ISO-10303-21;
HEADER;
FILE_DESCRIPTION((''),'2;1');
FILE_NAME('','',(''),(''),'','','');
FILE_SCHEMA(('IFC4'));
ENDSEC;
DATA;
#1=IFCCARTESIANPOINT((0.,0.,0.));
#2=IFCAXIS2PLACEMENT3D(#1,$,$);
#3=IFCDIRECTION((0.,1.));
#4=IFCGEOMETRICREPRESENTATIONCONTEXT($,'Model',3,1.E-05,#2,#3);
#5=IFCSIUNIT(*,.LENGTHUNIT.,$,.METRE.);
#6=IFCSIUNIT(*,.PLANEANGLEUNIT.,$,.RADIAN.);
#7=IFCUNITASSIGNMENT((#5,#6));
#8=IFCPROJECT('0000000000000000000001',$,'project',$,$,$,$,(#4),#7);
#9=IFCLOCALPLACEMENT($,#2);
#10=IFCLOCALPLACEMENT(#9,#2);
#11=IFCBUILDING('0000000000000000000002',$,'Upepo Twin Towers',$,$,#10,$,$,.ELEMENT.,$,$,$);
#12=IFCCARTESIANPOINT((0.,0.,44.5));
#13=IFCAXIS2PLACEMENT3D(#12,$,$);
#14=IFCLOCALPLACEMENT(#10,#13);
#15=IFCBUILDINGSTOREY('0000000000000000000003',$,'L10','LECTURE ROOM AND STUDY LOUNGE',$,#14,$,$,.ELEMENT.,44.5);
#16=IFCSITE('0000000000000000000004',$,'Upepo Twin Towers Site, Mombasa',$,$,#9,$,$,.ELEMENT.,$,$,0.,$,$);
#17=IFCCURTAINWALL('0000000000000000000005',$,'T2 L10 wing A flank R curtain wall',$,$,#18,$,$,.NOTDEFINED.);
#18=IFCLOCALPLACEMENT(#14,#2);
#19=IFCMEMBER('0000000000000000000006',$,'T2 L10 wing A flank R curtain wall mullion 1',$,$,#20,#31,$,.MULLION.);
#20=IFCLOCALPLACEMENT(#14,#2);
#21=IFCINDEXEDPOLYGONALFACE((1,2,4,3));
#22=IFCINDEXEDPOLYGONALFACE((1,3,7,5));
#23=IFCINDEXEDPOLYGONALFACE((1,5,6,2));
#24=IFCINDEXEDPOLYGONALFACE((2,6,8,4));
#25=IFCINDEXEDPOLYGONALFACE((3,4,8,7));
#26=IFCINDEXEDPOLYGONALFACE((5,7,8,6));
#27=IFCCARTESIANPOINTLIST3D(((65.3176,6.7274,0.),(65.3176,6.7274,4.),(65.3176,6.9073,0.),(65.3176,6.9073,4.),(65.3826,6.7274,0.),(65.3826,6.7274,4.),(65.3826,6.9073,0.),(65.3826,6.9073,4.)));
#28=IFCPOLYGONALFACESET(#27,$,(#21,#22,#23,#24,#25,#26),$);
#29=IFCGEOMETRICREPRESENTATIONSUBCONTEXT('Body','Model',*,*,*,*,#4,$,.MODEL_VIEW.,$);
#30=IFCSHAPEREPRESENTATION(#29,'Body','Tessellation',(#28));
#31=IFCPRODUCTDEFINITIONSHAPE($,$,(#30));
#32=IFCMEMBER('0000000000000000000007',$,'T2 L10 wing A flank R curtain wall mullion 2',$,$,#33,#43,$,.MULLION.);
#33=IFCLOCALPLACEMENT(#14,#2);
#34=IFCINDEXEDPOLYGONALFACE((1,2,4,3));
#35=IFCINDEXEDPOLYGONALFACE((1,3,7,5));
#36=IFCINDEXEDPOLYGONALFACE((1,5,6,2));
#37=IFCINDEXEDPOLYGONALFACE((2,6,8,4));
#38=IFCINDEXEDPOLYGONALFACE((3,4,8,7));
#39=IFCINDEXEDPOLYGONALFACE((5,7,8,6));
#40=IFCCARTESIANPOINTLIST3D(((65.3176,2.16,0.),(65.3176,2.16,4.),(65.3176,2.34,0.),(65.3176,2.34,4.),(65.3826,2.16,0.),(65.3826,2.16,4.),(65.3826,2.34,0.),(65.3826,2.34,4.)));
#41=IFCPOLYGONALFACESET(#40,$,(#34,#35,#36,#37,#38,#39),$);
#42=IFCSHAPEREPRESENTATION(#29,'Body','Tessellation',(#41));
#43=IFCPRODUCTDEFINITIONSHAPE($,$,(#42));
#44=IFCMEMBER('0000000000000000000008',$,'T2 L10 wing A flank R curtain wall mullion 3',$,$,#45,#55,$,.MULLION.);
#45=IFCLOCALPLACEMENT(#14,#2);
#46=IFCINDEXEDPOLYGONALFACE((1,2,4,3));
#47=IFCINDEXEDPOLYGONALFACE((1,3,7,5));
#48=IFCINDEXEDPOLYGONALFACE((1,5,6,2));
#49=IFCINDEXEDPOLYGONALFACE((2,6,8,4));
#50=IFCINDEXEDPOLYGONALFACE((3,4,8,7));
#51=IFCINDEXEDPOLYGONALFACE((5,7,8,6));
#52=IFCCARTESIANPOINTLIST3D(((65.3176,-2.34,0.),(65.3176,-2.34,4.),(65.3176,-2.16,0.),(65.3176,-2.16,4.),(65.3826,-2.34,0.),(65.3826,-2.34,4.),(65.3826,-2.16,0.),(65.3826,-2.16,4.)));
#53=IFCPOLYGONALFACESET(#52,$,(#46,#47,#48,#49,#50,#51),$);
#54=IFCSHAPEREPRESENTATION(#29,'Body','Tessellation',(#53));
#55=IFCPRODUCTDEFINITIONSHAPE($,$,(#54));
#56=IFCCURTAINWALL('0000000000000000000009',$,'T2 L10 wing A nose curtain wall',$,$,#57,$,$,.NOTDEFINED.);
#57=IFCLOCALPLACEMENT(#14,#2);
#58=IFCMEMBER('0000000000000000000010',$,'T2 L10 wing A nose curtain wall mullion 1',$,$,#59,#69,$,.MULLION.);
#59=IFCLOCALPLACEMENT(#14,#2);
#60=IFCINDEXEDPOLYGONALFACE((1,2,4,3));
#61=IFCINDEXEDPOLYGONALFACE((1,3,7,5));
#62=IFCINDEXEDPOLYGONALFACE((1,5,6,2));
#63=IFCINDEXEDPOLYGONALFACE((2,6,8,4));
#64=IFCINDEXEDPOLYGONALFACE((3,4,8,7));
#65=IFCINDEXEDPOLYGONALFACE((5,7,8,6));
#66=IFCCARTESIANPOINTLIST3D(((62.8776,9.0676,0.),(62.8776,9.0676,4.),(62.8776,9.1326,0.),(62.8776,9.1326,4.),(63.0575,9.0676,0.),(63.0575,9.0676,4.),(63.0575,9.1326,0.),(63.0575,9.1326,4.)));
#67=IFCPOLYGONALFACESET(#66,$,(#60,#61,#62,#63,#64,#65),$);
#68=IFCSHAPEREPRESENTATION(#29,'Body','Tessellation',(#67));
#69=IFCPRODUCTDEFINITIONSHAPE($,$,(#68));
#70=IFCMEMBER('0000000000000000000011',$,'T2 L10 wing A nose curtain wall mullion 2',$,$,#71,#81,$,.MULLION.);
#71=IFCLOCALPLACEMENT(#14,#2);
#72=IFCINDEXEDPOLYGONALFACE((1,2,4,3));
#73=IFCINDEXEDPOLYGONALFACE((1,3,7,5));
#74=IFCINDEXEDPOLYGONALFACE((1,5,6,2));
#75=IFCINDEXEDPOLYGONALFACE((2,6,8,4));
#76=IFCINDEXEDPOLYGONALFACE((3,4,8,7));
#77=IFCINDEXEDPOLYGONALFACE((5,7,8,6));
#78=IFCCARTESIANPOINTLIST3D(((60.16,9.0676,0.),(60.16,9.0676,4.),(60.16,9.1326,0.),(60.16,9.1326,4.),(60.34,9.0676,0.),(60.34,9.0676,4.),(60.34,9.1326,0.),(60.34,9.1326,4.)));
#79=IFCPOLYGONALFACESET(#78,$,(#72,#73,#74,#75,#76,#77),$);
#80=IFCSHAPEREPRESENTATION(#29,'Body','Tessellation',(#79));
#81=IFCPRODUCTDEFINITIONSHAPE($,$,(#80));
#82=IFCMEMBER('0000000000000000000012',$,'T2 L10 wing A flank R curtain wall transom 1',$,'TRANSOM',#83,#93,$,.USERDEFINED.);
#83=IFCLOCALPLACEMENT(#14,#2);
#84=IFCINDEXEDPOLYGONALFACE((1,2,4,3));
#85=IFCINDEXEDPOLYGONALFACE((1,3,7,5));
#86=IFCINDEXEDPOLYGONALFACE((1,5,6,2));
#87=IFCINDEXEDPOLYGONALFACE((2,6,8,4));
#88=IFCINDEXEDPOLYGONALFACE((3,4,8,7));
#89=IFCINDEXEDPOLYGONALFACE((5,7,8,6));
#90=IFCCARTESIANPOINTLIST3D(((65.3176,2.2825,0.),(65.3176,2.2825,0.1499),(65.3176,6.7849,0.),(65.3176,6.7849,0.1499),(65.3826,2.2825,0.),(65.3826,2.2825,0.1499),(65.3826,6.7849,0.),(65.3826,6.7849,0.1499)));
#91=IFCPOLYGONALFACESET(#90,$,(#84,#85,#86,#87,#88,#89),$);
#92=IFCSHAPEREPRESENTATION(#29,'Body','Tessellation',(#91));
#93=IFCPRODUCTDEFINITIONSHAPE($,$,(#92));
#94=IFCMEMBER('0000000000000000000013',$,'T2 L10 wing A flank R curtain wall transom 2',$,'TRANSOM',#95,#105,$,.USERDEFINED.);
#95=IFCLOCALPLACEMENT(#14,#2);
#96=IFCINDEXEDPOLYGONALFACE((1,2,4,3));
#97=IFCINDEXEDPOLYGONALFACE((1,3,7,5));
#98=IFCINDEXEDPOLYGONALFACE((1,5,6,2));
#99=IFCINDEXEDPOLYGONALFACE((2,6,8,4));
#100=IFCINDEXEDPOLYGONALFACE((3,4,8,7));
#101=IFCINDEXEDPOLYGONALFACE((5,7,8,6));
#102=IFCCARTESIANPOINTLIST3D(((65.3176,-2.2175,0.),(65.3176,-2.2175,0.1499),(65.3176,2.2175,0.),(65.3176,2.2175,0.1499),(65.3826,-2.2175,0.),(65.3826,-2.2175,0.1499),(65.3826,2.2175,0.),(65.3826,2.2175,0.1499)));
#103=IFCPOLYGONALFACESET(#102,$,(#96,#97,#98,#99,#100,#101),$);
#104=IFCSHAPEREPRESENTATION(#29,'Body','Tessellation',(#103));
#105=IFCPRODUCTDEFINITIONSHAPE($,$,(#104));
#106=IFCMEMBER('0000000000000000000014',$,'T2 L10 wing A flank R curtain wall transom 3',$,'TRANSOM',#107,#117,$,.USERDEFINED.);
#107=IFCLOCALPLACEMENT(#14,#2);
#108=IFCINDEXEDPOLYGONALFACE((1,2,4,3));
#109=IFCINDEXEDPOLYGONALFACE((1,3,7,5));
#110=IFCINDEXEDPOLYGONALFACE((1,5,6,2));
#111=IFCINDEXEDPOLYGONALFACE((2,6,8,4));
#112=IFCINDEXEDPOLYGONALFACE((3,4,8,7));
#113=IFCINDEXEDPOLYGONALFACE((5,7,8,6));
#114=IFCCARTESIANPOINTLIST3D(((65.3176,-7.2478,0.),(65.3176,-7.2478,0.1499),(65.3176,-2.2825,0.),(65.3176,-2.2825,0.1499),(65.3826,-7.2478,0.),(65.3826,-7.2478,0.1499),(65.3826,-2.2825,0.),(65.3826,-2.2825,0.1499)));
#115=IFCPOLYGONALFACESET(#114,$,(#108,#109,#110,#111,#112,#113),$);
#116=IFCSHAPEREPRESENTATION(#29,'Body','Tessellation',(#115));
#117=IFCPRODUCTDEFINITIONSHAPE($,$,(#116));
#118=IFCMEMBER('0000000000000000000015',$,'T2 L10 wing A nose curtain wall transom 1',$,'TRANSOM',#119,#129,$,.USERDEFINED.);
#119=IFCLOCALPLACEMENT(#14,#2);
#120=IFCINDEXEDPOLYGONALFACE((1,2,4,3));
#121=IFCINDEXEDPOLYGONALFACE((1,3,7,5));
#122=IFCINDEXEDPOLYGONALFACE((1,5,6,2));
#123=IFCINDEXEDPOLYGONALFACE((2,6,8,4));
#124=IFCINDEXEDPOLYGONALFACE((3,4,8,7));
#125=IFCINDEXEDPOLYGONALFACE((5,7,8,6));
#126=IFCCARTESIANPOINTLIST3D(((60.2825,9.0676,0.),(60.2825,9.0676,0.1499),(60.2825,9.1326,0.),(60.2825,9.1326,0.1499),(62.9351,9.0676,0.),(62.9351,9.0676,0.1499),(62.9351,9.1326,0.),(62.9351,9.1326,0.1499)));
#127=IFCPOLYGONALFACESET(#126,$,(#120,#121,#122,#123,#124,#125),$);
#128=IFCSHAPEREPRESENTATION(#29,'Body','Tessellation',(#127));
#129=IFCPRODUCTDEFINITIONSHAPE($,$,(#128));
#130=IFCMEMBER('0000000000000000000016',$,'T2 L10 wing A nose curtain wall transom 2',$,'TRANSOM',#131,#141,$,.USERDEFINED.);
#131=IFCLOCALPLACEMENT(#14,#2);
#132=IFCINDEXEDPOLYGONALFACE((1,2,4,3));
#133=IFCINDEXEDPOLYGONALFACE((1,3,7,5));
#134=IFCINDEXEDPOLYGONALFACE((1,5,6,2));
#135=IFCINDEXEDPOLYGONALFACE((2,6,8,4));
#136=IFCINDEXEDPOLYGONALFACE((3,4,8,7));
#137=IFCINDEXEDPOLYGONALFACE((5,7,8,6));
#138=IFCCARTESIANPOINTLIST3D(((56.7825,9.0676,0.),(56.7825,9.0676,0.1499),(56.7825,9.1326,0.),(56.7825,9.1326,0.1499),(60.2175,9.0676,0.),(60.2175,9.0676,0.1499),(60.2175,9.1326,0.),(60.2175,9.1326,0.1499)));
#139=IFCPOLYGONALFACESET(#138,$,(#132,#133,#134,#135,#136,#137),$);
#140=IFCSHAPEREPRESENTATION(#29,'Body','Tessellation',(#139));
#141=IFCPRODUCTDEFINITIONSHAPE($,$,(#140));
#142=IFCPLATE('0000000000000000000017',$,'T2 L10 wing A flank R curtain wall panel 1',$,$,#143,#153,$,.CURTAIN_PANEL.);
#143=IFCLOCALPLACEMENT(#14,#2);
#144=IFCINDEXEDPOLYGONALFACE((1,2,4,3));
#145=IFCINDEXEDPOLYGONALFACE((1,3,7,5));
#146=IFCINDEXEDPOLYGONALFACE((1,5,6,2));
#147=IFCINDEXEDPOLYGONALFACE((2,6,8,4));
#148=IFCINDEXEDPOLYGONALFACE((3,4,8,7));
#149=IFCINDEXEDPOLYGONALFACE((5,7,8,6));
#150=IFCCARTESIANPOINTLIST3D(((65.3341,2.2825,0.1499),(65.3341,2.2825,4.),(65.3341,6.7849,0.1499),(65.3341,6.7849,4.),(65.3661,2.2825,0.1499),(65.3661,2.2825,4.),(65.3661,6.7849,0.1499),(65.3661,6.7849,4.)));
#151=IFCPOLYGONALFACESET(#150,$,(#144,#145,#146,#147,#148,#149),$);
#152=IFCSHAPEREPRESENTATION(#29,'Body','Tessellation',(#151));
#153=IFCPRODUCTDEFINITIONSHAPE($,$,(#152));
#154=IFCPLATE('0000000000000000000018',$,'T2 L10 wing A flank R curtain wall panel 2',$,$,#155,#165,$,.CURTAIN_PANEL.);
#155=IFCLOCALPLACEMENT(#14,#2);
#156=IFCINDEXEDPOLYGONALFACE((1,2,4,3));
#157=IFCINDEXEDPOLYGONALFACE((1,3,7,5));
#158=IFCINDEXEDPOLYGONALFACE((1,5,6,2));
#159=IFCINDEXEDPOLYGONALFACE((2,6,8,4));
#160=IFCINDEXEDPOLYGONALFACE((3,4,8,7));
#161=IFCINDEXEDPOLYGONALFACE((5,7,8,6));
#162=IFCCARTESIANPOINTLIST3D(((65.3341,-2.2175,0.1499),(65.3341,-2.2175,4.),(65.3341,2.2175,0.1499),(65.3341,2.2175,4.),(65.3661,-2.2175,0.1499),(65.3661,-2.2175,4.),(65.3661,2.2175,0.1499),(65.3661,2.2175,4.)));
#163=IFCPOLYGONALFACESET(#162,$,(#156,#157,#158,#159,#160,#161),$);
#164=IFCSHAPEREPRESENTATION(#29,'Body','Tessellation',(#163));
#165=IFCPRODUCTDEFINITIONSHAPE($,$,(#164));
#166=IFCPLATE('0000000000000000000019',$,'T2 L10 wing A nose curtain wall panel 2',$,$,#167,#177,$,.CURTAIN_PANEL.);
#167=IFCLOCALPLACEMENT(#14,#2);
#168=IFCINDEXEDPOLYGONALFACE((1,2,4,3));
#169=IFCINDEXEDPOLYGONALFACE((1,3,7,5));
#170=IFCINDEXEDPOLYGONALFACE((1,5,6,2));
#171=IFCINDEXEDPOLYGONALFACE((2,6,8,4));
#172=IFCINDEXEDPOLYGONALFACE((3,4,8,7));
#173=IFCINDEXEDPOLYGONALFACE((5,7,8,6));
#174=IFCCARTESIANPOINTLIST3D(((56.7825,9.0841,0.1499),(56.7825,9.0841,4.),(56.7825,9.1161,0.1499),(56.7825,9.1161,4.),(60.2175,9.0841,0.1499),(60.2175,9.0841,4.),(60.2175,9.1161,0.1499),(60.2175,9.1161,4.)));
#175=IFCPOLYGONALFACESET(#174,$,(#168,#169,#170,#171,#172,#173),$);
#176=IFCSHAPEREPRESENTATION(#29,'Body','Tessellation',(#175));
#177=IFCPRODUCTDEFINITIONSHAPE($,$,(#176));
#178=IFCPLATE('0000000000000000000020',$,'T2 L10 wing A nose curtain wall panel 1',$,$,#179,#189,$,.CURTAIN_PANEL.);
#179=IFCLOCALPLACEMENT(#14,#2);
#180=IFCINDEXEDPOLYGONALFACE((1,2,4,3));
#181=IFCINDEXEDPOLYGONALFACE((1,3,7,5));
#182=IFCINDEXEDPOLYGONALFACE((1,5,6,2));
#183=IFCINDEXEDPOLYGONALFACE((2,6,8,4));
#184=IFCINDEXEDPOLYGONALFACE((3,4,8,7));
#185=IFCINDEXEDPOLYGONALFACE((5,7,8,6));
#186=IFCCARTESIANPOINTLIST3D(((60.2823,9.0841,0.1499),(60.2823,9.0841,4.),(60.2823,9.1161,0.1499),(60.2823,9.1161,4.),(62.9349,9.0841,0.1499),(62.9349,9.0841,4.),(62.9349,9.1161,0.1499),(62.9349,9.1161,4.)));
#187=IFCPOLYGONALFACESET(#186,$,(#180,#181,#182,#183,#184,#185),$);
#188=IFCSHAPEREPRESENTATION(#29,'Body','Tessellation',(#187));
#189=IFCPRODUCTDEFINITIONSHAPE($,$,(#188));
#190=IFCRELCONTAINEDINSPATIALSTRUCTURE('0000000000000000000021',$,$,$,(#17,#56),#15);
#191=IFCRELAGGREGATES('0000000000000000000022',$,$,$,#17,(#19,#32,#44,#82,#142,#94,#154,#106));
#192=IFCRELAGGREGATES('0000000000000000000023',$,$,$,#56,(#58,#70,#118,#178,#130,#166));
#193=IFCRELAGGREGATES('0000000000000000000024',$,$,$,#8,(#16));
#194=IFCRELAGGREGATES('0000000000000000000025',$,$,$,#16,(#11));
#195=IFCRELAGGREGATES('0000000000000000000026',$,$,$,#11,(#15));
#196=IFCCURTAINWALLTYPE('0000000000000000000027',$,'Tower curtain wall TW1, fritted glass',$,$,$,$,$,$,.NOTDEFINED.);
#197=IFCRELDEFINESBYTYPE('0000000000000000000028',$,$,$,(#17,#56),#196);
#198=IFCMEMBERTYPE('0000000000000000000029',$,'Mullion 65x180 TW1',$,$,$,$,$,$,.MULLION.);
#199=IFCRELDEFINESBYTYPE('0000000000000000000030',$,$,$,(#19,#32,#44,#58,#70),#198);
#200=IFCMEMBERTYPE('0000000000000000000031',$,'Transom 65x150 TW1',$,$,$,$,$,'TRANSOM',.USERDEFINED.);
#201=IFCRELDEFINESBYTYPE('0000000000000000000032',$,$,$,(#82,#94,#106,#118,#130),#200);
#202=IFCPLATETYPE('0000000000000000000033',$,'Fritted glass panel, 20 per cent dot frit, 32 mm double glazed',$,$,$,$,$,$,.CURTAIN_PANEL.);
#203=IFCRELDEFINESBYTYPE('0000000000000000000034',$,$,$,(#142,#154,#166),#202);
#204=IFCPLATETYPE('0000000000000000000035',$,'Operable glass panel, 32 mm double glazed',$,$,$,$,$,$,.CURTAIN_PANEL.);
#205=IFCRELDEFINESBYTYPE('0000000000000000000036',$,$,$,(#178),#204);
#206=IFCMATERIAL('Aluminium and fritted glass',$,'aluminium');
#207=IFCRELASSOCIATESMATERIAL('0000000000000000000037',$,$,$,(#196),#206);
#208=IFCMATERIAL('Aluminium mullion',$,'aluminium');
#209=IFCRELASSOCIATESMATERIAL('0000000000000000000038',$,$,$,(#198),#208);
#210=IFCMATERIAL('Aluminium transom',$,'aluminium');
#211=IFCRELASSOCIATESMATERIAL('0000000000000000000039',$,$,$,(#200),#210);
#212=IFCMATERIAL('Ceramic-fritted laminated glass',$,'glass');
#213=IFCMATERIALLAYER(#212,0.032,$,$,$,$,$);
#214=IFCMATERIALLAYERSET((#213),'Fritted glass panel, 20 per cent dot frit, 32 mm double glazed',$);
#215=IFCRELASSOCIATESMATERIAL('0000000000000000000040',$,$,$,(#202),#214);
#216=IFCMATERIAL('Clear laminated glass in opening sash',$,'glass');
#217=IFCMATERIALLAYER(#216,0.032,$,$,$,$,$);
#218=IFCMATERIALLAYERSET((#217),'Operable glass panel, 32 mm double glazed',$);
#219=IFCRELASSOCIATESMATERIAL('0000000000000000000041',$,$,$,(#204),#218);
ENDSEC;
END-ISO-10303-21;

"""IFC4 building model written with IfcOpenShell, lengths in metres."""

from ifc_helpers import new_model, si_unit, direction, frame, origin, origin_2d, place, context, subcontext, project, spatial, rectangle, extrude, material, layer, layer_set, material_profile, profile_set, type_object, element, aggregate, save


model = new_model("IFC4")

# Units and contexts
model_context = context("Model", 3, precision=1e-05, world=origin(), true_north=direction((0.0, 1.0)))
body_context = subcontext(model_context, "Body", "Model", "MODEL_VIEW")
ifc_project = project(units=[si_unit("LENGTHUNIT", "METRE"), si_unit("PLANEANGLEUNIT", "RADIAN")], contexts=[model_context])

# Site, building, storey
site_placement = place(None, origin())
site = spatial("IfcSite", under=ifc_project, at=site_placement, Name="Upepo Twin Towers Site, Mombasa", CompositionType="ELEMENT", RefElevation=0.0)
building_placement = place(site_placement, origin())
building = spatial("IfcBuilding", under=site, at=building_placement, Name="Upepo Twin Towers", CompositionType="ELEMENT")
storey_placement = place(building_placement, frame((0.0, 0.0, 44.5)))
storey = spatial("IfcBuildingStorey", under=building, at=storey_placement, Name="L10", Description="LECTURE ROOM AND STUDY LOUNGE", CompositionType="ELEMENT", Elevation=44.5)

# Curtain walls, members
ifc_material_1 = material(Name="Aluminium and fritted glass", Category="aluminium")
curtain_wall_type = type_object("IfcCurtainWallType", Name="Tower curtain wall TW1, fritted glass", PredefinedType="NOTDEFINED", material=ifc_material_1)
curtain_wall_1_placement = place(storey_placement, origin())
curtain_wall_1 = element("IfcCurtainWall", 1, at=curtain_wall_1_placement, inside=storey, type_object=curtain_wall_type, Name="T2 L10 wing A flank R curtain wall", PredefinedType="NOTDEFINED")
ifc_material_2 = material(Name="Aluminium mullion", Category="aluminium")
ifc_material_profile_1 = material_profile(ifc_material_2, rectangle(XDim=0.0649, YDim=0.1799, at=origin_2d()), Name="MULLION 65x180")
ifc_profile_set_1 = profile_set([ifc_material_profile_1], Name="Aluminium mullion")
member_type_1 = type_object("IfcMemberType", Name="Mullion 65x180 TW1", PredefinedType="MULLION", material=ifc_profile_set_1)
member_1_placement = place(storey_placement, frame((65.3501, 6.8174, 0.0), z_axis=(0.0, 0.0, 1.0), x_axis=(1.0, 0.0, 0.0)))
member_1 = element("IfcMember", 2, at=member_1_placement, type_object=member_type_1, Name="T2 L10 wing A flank R curtain wall mullion 1", PredefinedType="MULLION", context=body_context, shape_type="SweptSolid", body=[
    extrude(rectangle(XDim=0.0649, YDim=0.1799, at=origin_2d()), origin(), (0.0, 0.0, 1.0), 4.0),
])
member_2_placement = place(storey_placement, frame((65.3501, 2.25, 0.0), z_axis=(0.0, 0.0, 1.0), x_axis=(1.0, 0.0, 0.0)))
member_2 = element("IfcMember", 3, at=member_2_placement, type_object=member_type_1, Name="T2 L10 wing A flank R curtain wall mullion 2", PredefinedType="MULLION", context=body_context, shape_type="SweptSolid", body=[
    extrude(rectangle(XDim=0.0649, YDim=0.1799, at=origin_2d()), origin(), (0.0, 0.0, 1.0), 4.0),
])
member_3_placement = place(storey_placement, frame((65.3501, -2.25, 0.0), z_axis=(0.0, 0.0, 1.0), x_axis=(1.0, 0.0, 0.0)))
member_3 = element("IfcMember", 4, at=member_3_placement, type_object=member_type_1, Name="T2 L10 wing A flank R curtain wall mullion 3", PredefinedType="MULLION", context=body_context, shape_type="SweptSolid", body=[
    extrude(rectangle(XDim=0.0649, YDim=0.1799, at=origin_2d()), origin(), (0.0, 0.0, 1.0), 4.0),
])
curtain_wall_2_placement = place(storey_placement, origin())
curtain_wall_2 = element("IfcCurtainWall", 5, at=curtain_wall_2_placement, inside=storey, type_object=curtain_wall_type, Name="T2 L10 wing A nose curtain wall", PredefinedType="NOTDEFINED")
member_4_placement = place(storey_placement, frame((62.9675, 9.1001, 0.0), z_axis=(0.0, 0.0, 1.0), x_axis=(0.0, -1.0, 0.0)))
member_4 = element("IfcMember", 6, at=member_4_placement, type_object=member_type_1, Name="T2 L10 wing A nose curtain wall mullion 1", PredefinedType="MULLION", context=body_context, shape_type="SweptSolid", body=[
    extrude(rectangle(XDim=0.0649, YDim=0.1799, at=origin_2d()), origin(), (0.0, 0.0, 1.0), 4.0),
])
member_5_placement = place(storey_placement, frame((60.25, 9.1001, 0.0), z_axis=(0.0, 0.0, 1.0), x_axis=(0.0, -1.0, 0.0)))
member_5 = element("IfcMember", 7, at=member_5_placement, type_object=member_type_1, Name="T2 L10 wing A nose curtain wall mullion 2", PredefinedType="MULLION", context=body_context, shape_type="SweptSolid", body=[
    extrude(rectangle(XDim=0.0649, YDim=0.1799, at=origin_2d()), origin(), (0.0, 0.0, 1.0), 4.0),
])

# Members
ifc_material_3 = material(Name="Aluminium transom", Category="aluminium")
ifc_material_profile_2 = material_profile(ifc_material_3, rectangle(XDim=0.0649, YDim=0.1499, at=origin_2d()), Name="TRANSOM 65x150")
ifc_profile_set_2 = profile_set([ifc_material_profile_2], Name="Aluminium transom")
member_type_2 = type_object("IfcMemberType", Name="Transom 65x150 TW1", ElementType="TRANSOM", PredefinedType="USERDEFINED", material=ifc_profile_set_2)
member_6_placement = place(storey_placement, frame((65.3501, 6.7849, 0.075), z_axis=(0.0, -1.0, 0.0), x_axis=(1.0, 0.0, 0.0)))
member_6 = element("IfcMember", 8, at=member_6_placement, type_object=member_type_2, Name="T2 L10 wing A flank R curtain wall transom 1", ObjectType="TRANSOM", PredefinedType="USERDEFINED", context=body_context, shape_type="SweptSolid", body=[
    extrude(rectangle(XDim=0.0649, YDim=0.1499, at=origin_2d()), origin(), (0.0, 0.0, 1.0), 4.5024),
])
member_7_placement = place(storey_placement, frame((65.3501, 2.2175, 0.075), z_axis=(0.0, -1.0, 0.0), x_axis=(1.0, 0.0, 0.0)))
member_7 = element("IfcMember", 9, at=member_7_placement, type_object=member_type_2, Name="T2 L10 wing A flank R curtain wall transom 2", ObjectType="TRANSOM", PredefinedType="USERDEFINED", context=body_context, shape_type="SweptSolid", body=[
    extrude(rectangle(XDim=0.0649, YDim=0.1499, at=origin_2d()), origin(), (0.0, 0.0, 1.0), 4.4351),
])
member_8_placement = place(storey_placement, frame((65.3501, -2.2825, 0.075), z_axis=(0.0, -1.0, 0.0), x_axis=(1.0, 0.0, 0.0)))
member_8 = element("IfcMember", 10, at=member_8_placement, type_object=member_type_2, Name="T2 L10 wing A flank R curtain wall transom 3", ObjectType="TRANSOM", PredefinedType="USERDEFINED", context=body_context, shape_type="SweptSolid", body=[
    extrude(rectangle(XDim=0.0649, YDim=0.1499, at=origin_2d()), origin(), (0.0, 0.0, 1.0), 4.9653),
])
member_9_placement = place(storey_placement, frame((62.9351, 9.1001, 0.075), z_axis=(-1.0, 0.0, 0.0), x_axis=(0.0, -1.0, 0.0)))
member_9 = element("IfcMember", 11, at=member_9_placement, type_object=member_type_2, Name="T2 L10 wing A nose curtain wall transom 1", ObjectType="TRANSOM", PredefinedType="USERDEFINED", context=body_context, shape_type="SweptSolid", body=[
    extrude(rectangle(XDim=0.0649, YDim=0.1499, at=origin_2d()), origin(), (0.0, 0.0, 1.0), 2.6526),
])
member_10_placement = place(storey_placement, frame((60.2175, 9.1001, 0.075), z_axis=(-1.0, 0.0, 0.0), x_axis=(0.0, -1.0, 0.0)))
member_10 = element("IfcMember", 12, at=member_10_placement, type_object=member_type_2, Name="T2 L10 wing A nose curtain wall transom 2", ObjectType="TRANSOM", PredefinedType="USERDEFINED", context=body_context, shape_type="SweptSolid", body=[
    extrude(rectangle(XDim=0.0649, YDim=0.1499, at=origin_2d()), origin(), (0.0, 0.0, 1.0), 3.4351),
])

# Plates
ifc_material_4 = material(Name="Ceramic-fritted laminated glass", Category="glass")
ifc_layer_1 = layer(ifc_material_4, 0.032)
ifc_layer_set_1 = layer_set([ifc_layer_1], Name="Fritted glass panel, 20 per cent dot frit, 32 mm double glazed")
plate_type_1 = type_object("IfcPlateType", Name="Fritted glass panel, 20 per cent dot frit, 32 mm double glazed", PredefinedType="CURTAIN_PANEL", material=ifc_layer_set_1)
plate_1_placement = place(storey_placement, frame((65.3501, 4.5337, 0.1499), z_axis=(0.0, 0.0, 1.0), x_axis=(0.0, -1.0, 0.0)))
plate_1 = element("IfcPlate", 13, at=plate_1_placement, type_object=plate_type_1, Name="T2 L10 wing A flank R curtain wall panel 1", PredefinedType="CURTAIN_PANEL", context=body_context, shape_type="SweptSolid", body=[
    extrude(rectangle(XDim=4.5024, YDim=0.032, at=origin_2d()), origin(), (0.0, 0.0, 1.0), 3.8501),
])
plate_2_placement = place(storey_placement, frame((65.3501, 0.0, 0.1499), z_axis=(0.0, 0.0, 1.0), x_axis=(0.0, -1.0, 0.0)))
plate_2 = element("IfcPlate", 14, at=plate_2_placement, type_object=plate_type_1, Name="T2 L10 wing A flank R curtain wall panel 2", PredefinedType="CURTAIN_PANEL", context=body_context, shape_type="SweptSolid", body=[
    extrude(rectangle(XDim=4.4351, YDim=0.032, at=origin_2d()), origin(), (0.0, 0.0, 1.0), 3.8501),
])
aggregate(curtain_wall_1, [member_1, member_2, member_3, member_6, plate_1, member_7, plate_2, member_8])
plate_3_placement = place(storey_placement, frame((58.5, 9.1001, 0.1499), z_axis=(0.0, 0.0, 1.0), x_axis=(-1.0, 0.0, 0.0)))
plate_3 = element("IfcPlate", 15, at=plate_3_placement, type_object=plate_type_1, Name="T2 L10 wing A nose curtain wall panel 2", PredefinedType="CURTAIN_PANEL", context=body_context, shape_type="SweptSolid", body=[
    extrude(rectangle(XDim=3.4351, YDim=0.032, at=origin_2d()), origin(), (0.0, 0.0, 1.0), 3.8501),
])
ifc_material_5 = material(Name="Clear laminated glass in opening sash", Category="glass")
ifc_layer_2 = layer(ifc_material_5, 0.032)
ifc_layer_set_2 = layer_set([ifc_layer_2], Name="Operable glass panel, 32 mm double glazed")
plate_type_2 = type_object("IfcPlateType", Name="Operable glass panel, 32 mm double glazed", PredefinedType="CURTAIN_PANEL", material=ifc_layer_set_2)
plate_4_placement = place(storey_placement, frame((61.6086, 9.1001, 0.1499), z_axis=(0.0, 0.0, 1.0), x_axis=(-1.0, 0.0, 0.0)))
plate_4 = element("IfcPlate", 16, at=plate_4_placement, type_object=plate_type_2, Name="T2 L10 wing A nose curtain wall panel 1", PredefinedType="CURTAIN_PANEL", context=body_context, shape_type="SweptSolid", body=[
    extrude(rectangle(XDim=2.6526, YDim=0.032, at=origin_2d()), origin(), (0.0, 0.0, 1.0), 3.8501),
])
aggregate(curtain_wall_2, [member_4, member_5, member_9, plate_4, member_10, plate_3])

save(model, "model.ifc")
